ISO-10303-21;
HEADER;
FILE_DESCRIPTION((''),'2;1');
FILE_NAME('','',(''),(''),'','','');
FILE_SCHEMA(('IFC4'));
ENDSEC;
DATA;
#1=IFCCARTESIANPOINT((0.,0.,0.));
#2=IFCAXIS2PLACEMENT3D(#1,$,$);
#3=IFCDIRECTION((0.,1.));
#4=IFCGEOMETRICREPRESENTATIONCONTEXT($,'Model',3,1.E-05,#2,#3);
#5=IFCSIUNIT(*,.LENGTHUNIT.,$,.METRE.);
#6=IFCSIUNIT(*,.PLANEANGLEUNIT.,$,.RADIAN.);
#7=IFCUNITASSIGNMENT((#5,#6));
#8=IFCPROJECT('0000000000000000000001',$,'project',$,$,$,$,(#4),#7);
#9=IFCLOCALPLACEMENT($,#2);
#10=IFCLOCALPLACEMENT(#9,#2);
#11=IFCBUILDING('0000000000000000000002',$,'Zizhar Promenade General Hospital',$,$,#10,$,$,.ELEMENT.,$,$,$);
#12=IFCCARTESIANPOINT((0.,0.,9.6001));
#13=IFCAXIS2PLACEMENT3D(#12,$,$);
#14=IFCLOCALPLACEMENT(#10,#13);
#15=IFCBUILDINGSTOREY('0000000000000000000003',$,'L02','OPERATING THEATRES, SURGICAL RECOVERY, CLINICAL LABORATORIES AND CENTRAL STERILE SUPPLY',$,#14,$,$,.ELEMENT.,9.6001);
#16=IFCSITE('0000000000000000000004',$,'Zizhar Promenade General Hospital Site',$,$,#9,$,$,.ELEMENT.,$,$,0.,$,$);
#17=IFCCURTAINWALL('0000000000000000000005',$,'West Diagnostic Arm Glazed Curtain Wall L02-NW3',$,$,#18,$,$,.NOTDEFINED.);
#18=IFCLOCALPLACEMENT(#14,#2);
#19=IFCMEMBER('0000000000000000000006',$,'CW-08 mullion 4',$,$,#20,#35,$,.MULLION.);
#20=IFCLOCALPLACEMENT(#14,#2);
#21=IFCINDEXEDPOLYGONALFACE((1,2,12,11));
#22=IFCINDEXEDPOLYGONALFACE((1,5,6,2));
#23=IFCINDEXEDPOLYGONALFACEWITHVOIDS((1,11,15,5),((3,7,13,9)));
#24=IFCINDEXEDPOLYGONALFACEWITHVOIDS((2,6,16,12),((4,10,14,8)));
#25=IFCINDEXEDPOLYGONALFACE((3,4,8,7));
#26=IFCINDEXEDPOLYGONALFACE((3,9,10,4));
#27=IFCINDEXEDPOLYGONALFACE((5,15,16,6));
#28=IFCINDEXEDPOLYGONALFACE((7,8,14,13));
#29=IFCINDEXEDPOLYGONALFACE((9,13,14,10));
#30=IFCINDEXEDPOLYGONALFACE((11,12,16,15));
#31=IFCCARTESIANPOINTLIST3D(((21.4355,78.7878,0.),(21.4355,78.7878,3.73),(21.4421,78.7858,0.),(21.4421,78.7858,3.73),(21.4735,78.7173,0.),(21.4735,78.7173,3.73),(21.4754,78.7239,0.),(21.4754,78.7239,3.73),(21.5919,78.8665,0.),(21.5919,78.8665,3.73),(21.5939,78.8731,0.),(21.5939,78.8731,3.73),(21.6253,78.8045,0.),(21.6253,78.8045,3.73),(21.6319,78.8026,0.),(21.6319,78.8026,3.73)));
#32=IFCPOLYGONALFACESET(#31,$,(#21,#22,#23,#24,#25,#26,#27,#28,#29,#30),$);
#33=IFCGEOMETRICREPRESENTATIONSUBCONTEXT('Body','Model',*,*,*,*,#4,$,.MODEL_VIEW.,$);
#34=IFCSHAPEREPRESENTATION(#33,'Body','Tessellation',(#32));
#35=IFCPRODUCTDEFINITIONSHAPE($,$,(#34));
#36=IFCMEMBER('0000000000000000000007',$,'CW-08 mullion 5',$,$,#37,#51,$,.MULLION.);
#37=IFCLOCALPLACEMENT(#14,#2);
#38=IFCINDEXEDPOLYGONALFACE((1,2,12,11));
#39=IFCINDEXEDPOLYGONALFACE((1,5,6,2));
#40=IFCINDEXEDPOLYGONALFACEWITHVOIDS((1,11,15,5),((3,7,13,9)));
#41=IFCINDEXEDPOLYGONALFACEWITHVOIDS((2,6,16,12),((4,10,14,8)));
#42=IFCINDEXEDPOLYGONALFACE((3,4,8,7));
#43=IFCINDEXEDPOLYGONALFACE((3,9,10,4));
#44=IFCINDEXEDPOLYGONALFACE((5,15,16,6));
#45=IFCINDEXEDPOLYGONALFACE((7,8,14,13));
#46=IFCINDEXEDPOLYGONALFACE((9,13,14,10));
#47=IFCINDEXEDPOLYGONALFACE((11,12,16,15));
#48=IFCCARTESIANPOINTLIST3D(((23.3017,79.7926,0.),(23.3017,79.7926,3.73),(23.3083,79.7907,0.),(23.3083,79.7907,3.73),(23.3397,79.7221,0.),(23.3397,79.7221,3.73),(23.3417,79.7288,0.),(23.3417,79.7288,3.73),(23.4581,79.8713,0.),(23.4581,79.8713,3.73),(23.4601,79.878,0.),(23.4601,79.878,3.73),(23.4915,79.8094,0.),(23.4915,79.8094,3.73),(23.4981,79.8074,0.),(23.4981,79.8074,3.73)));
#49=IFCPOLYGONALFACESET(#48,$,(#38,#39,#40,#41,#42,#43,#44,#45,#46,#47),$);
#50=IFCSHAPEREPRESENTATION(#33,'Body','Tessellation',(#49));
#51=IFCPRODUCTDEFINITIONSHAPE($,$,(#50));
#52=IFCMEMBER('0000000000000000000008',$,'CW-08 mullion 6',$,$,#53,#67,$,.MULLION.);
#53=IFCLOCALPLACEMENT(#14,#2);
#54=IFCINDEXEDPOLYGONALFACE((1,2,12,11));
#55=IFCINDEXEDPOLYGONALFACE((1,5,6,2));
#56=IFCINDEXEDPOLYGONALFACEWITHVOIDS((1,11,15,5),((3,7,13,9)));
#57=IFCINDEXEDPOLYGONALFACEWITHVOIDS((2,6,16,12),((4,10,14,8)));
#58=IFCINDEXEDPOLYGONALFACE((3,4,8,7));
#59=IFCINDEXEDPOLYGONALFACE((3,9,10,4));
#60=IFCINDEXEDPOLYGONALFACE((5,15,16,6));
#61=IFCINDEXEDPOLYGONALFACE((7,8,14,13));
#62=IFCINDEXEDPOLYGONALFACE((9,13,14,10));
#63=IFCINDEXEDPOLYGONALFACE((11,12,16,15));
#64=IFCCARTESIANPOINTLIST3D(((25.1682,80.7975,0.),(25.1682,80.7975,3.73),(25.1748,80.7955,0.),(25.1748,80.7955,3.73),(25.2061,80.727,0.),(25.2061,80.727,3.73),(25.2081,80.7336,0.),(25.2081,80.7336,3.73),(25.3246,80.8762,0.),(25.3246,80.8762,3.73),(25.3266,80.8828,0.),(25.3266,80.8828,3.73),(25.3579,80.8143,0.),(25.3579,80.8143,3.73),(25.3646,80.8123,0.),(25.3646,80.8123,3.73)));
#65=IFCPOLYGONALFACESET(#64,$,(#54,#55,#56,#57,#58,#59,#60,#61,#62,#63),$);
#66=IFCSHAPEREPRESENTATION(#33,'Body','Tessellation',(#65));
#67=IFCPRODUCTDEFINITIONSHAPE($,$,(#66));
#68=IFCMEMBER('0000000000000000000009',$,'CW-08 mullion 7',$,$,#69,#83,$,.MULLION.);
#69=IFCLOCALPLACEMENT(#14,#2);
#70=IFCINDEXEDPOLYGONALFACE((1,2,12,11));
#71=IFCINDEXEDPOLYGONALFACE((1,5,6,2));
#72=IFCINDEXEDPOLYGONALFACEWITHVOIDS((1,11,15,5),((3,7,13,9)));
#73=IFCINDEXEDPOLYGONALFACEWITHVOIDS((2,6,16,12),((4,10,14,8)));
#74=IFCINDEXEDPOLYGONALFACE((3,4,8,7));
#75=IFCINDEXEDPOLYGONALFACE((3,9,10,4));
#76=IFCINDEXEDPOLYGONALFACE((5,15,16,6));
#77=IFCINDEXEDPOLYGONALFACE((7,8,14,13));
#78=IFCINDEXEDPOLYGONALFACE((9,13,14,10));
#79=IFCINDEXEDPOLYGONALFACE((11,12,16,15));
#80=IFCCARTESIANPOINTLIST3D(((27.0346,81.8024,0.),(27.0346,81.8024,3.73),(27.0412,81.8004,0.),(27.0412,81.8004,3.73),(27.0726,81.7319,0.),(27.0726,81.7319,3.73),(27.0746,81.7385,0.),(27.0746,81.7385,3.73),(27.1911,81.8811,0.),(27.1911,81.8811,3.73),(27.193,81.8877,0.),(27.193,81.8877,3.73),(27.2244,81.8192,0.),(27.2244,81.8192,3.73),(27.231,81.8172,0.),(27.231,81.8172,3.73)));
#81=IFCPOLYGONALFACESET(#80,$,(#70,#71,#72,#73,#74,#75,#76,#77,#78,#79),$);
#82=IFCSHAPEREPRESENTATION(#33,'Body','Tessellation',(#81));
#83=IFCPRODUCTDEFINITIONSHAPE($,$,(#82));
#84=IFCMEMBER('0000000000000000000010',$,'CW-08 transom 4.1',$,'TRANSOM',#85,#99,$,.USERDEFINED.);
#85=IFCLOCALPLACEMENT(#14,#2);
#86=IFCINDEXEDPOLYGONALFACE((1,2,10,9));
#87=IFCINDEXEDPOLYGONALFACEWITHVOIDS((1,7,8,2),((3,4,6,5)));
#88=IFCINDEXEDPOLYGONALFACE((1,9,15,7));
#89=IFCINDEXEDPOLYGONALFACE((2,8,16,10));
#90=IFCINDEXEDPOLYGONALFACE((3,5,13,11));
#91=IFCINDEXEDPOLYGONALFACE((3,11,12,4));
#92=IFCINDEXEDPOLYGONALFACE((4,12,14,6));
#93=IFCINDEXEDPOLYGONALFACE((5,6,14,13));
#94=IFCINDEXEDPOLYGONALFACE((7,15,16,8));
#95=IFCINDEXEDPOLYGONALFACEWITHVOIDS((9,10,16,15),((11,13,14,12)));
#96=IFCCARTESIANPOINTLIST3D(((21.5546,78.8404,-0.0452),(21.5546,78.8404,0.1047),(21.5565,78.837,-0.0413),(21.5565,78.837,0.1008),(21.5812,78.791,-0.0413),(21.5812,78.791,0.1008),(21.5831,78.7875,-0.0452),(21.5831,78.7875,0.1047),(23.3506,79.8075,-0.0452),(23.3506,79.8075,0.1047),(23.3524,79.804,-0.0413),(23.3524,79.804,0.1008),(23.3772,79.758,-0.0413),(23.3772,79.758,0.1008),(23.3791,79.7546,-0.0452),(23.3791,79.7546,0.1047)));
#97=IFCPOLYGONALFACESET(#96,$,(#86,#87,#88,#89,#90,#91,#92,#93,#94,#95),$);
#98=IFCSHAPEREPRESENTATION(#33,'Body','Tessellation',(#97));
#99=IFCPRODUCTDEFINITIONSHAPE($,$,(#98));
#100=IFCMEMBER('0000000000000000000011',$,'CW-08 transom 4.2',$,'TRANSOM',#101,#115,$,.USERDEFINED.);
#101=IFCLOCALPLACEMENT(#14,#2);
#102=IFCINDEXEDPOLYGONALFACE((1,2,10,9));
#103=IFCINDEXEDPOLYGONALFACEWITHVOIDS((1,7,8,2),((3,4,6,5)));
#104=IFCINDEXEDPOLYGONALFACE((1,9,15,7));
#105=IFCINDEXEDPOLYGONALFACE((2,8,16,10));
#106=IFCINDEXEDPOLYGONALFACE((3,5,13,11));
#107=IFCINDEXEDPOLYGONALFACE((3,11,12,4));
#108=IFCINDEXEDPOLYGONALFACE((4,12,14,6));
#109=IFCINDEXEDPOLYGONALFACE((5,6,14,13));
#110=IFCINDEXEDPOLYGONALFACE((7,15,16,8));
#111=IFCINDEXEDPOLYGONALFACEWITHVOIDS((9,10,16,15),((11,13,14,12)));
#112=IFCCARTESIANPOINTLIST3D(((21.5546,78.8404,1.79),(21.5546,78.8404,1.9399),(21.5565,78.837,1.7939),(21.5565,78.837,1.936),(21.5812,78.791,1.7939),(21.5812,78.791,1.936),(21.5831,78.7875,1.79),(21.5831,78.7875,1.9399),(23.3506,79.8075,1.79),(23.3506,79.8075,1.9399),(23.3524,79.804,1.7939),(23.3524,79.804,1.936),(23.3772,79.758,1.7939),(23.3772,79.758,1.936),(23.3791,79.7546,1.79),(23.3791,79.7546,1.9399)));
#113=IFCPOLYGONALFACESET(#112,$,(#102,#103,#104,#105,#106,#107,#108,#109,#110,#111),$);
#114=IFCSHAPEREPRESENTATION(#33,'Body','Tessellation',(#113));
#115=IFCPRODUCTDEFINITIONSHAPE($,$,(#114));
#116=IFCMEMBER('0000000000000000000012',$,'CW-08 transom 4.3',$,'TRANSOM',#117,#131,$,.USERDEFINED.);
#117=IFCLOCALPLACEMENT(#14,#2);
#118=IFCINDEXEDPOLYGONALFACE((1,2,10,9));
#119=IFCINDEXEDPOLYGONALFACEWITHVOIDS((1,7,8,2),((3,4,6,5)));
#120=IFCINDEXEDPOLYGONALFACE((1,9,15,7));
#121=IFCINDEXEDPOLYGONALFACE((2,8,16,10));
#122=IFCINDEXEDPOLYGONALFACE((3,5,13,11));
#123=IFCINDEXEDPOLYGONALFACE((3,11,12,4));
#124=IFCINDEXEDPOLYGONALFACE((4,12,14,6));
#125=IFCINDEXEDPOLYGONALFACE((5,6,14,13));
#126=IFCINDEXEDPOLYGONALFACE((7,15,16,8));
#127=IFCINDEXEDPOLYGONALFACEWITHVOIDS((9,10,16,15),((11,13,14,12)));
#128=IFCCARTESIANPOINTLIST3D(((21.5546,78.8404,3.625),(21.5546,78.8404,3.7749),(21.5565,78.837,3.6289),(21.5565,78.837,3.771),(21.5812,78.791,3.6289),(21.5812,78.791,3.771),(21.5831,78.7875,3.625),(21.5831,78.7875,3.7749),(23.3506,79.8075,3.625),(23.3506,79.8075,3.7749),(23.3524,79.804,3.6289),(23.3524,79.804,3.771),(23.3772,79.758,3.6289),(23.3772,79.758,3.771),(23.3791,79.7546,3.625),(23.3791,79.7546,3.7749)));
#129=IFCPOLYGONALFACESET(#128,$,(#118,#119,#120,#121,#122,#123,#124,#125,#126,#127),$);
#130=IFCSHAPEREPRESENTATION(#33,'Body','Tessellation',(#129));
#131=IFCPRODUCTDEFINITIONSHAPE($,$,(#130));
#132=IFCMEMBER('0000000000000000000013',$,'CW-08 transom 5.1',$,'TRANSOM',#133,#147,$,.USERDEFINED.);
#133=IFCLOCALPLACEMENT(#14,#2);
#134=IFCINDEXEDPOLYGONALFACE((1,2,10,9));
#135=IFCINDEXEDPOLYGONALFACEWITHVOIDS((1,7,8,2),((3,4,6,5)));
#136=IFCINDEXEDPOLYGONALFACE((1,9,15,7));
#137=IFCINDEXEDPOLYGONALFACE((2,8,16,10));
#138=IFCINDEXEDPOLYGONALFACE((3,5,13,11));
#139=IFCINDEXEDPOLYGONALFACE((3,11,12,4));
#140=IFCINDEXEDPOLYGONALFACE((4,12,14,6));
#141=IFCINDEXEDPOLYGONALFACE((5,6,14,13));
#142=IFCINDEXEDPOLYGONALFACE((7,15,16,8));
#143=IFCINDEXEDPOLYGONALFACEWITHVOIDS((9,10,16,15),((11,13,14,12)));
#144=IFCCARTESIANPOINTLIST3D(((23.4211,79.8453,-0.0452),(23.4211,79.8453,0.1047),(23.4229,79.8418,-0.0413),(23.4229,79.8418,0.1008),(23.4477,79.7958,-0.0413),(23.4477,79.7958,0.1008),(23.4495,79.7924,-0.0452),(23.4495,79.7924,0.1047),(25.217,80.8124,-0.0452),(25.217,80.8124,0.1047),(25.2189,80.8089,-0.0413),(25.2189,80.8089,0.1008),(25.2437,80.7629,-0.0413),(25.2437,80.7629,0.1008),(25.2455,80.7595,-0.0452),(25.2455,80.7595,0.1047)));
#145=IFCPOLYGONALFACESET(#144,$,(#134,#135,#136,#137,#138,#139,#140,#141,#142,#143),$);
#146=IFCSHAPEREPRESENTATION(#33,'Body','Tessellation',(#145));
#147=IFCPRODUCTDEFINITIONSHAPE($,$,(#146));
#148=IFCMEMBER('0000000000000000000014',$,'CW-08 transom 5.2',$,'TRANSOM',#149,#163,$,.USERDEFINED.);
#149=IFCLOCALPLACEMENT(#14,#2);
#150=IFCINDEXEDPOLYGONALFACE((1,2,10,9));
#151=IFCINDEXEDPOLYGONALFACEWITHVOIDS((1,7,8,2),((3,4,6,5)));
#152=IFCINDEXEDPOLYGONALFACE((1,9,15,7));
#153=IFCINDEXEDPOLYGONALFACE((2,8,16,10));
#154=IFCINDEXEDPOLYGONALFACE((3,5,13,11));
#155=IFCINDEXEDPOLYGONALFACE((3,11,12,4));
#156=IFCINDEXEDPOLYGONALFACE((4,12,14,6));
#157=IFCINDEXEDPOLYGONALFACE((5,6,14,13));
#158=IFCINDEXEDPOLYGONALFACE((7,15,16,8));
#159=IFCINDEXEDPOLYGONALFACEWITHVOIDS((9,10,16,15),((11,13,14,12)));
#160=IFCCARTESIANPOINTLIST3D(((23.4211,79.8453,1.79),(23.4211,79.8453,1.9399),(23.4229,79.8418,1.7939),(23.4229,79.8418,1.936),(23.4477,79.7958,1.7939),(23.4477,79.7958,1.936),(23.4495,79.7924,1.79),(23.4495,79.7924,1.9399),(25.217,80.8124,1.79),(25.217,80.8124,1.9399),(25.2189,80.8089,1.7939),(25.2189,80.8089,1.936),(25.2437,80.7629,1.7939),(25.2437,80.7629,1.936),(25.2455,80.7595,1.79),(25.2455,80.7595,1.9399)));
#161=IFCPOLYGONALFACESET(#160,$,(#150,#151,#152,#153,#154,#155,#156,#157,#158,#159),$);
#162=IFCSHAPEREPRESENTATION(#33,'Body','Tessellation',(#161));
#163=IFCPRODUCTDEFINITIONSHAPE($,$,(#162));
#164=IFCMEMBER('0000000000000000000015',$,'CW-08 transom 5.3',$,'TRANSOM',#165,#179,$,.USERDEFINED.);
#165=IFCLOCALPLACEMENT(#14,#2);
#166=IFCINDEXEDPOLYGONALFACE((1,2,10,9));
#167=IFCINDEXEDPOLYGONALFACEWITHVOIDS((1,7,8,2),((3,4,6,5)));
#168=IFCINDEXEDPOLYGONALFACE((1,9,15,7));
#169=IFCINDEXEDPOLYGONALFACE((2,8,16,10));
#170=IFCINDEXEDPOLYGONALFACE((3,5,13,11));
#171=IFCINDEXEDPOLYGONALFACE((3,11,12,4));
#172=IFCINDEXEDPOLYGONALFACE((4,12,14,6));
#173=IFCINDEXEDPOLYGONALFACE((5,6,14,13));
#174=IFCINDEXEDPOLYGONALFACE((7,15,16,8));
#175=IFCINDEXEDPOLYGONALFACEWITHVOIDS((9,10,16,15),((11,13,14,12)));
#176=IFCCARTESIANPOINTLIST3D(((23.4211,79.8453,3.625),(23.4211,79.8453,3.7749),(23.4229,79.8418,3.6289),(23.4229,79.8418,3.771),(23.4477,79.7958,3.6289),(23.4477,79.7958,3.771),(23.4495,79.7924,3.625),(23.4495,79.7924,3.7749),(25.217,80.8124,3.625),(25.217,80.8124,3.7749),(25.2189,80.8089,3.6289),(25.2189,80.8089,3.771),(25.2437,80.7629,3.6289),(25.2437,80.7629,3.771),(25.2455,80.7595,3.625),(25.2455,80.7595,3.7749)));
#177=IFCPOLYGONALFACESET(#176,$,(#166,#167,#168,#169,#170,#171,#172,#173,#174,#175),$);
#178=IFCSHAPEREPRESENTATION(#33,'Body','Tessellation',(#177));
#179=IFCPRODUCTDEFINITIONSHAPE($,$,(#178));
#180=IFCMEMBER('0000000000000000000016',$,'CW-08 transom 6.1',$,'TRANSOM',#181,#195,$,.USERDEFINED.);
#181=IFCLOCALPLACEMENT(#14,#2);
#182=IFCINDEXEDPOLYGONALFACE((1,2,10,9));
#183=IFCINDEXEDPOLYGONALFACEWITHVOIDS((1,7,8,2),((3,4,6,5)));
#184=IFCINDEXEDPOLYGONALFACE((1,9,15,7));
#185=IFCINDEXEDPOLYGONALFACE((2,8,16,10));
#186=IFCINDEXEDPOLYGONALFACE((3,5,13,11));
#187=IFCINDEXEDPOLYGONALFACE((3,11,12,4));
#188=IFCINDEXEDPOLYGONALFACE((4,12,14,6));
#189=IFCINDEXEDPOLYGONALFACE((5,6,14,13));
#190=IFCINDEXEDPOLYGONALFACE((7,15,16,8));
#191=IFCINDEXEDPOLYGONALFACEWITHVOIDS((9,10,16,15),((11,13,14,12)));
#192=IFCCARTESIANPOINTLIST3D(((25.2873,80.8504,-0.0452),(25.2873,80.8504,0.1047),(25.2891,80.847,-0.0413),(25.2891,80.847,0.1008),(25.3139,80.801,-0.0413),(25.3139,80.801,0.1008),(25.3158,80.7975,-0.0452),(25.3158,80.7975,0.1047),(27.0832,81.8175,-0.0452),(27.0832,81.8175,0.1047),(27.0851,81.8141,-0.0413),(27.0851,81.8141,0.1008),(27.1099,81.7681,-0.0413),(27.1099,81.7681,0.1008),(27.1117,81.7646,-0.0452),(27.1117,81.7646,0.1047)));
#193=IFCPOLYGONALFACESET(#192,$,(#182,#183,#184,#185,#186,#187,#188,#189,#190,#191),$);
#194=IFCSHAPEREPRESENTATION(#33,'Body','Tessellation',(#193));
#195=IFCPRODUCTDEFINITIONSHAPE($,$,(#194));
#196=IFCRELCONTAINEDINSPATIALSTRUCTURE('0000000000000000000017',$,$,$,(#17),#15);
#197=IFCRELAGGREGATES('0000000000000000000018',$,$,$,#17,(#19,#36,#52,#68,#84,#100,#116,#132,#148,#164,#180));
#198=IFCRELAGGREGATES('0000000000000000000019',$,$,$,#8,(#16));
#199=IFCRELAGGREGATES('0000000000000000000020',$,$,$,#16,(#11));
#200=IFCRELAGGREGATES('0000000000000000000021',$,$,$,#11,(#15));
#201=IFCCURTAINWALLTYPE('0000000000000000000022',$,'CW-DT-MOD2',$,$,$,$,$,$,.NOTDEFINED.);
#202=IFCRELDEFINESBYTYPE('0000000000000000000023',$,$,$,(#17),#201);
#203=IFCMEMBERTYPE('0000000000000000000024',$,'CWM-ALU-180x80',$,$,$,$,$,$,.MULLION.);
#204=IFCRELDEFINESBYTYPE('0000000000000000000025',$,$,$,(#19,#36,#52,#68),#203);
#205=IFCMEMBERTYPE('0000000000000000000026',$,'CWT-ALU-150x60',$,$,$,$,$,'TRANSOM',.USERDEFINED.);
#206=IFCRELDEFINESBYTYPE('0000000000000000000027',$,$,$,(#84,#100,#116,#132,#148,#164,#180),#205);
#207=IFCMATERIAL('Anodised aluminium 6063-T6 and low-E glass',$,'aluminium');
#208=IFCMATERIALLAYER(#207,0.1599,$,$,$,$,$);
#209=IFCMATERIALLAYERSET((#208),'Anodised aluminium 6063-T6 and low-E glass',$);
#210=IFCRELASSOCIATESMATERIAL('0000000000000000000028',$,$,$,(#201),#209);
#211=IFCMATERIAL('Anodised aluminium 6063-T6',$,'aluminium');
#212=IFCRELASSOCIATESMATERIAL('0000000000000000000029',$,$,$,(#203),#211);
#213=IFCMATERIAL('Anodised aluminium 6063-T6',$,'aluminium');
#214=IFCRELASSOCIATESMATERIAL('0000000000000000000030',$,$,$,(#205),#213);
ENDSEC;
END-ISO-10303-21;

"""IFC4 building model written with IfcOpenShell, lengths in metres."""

from ifc_helpers import new_model, si_unit, direction, frame, origin, origin_2d, place, context, subcontext, project, spatial, hollow_rectangle, extrude, material, layer, layer_set, material_profile, profile_set, type_object, element, aggregate, save


model = new_model("IFC4")

# Units and contexts
model_context = context("Model", 3, precision=1e-05, world=origin(), true_north=direction((0.0, 1.0)))
body_context = subcontext(model_context, "Body", "Model", "MODEL_VIEW")
ifc_project = project(units=[si_unit("LENGTHUNIT", "METRE"), si_unit("PLANEANGLEUNIT", "RADIAN")], contexts=[model_context])

# Site, building, storey
site_placement = place(None, origin())
site = spatial("IfcSite", under=ifc_project, at=site_placement, Name="Zizhar Promenade General Hospital Site", CompositionType="ELEMENT", RefElevation=0.0)
building_placement = place(site_placement, origin())
building = spatial("IfcBuilding", under=site, at=building_placement, Name="Zizhar Promenade General Hospital", CompositionType="ELEMENT")
storey_placement = place(building_placement, frame((0.0, 0.0, 9.6001)))
storey = spatial("IfcBuildingStorey", under=building, at=storey_placement, Name="L02", Description="OPERATING THEATRES, SURGICAL RECOVERY, CLINICAL LABORATORIES AND CENTRAL STERILE SUPPLY", CompositionType="ELEMENT", Elevation=9.6001)

# Curtain wall, members
ifc_material_1 = material(Name="Anodised aluminium 6063-T6 and low-E glass", Category="aluminium")
ifc_layer_1 = layer(ifc_material_1, 0.1599)
ifc_layer_set_1 = layer_set([ifc_layer_1], Name="Anodised aluminium 6063-T6 and low-E glass")
curtain_wall_type = type_object("IfcCurtainWallType", Name="CW-DT-MOD2", PredefinedType="NOTDEFINED", material=ifc_layer_set_1)
curtain_wall_placement = place(storey_placement, origin())
curtain_wall = element("IfcCurtainWall", 1, at=curtain_wall_placement, inside=storey, type_object=curtain_wall_type, Name="West Diagnostic Arm Glazed Curtain Wall L02-NW3", PredefinedType="NOTDEFINED")
ifc_material_2 = material(Name="Anodised aluminium 6063-T6", Category="aluminium")
ifc_material_profile_1 = material_profile(ifc_material_2, hollow_rectangle(XDim=0.0801, YDim=0.1799, WallThickness=0.0049, at=origin_2d()))
ifc_profile_set_1 = profile_set([ifc_material_profile_1], Name="Anodised aluminium 6063-T6")
member_type_1 = type_object("IfcMemberType", Name="CWM-ALU-180x80", PredefinedType="MULLION", material=ifc_profile_set_1)
member_1_placement = place(storey_placement, frame((21.5337, 78.7952, 0.0), z_axis=(0.0, 0.0, 1.0), x_axis=(-0.474097, 0.880473, 0.0)))
member_1 = element("IfcMember", 2, at=member_1_placement, type_object=member_type_1, Name="CW-08 mullion 4", PredefinedType="MULLION", context=body_context, shape_type="SweptSolid", body=[
    extrude(hollow_rectangle(XDim=0.0801, YDim=0.1799, WallThickness=0.0049, at=origin_2d()), origin(), (0.0, 0.0, 1.0), 3.73),
])
member_2_placement = place(storey_placement, frame((23.3999, 79.8, 0.0), z_axis=(0.0, 0.0, 1.0), x_axis=(-0.474097, 0.880473, 0.0)))
member_2 = element("IfcMember", 3, at=member_2_placement, type_object=member_type_1, Name="CW-08 mullion 5", PredefinedType="MULLION", context=body_context, shape_type="SweptSolid", body=[
    extrude(hollow_rectangle(XDim=0.0801, YDim=0.1799, WallThickness=0.0049, at=origin_2d()), origin(), (0.0, 0.0, 1.0), 3.73),
])
member_3_placement = place(storey_placement, frame((25.2664, 80.8049, 0.0), z_axis=(0.0, 0.0, 1.0), x_axis=(-0.474097, 0.880473, 0.0)))
member_3 = element("IfcMember", 4, at=member_3_placement, type_object=member_type_1, Name="CW-08 mullion 6", PredefinedType="MULLION", context=body_context, shape_type="SweptSolid", body=[
    extrude(hollow_rectangle(XDim=0.0801, YDim=0.1799, WallThickness=0.0049, at=origin_2d()), origin(), (0.0, 0.0, 1.0), 3.73),
])
member_4_placement = place(storey_placement, frame((27.1328, 81.8098, 0.0), z_axis=(0.0, 0.0, 1.0), x_axis=(-0.474097, 0.880473, 0.0)))
member_4 = element("IfcMember", 5, at=member_4_placement, type_object=member_type_1, Name="CW-08 mullion 7", PredefinedType="MULLION", context=body_context, shape_type="SweptSolid", body=[
    extrude(hollow_rectangle(XDim=0.0801, YDim=0.1799, WallThickness=0.0049, at=origin_2d()), origin(), (0.0, 0.0, 1.0), 3.73),
])
ifc_material_3 = material(Name="Anodised aluminium 6063-T6", Category="aluminium")
ifc_material_profile_2 = material_profile(ifc_material_3, hollow_rectangle(XDim=0.0601, YDim=0.1499, WallThickness=0.0039, at=origin_2d()))
ifc_profile_set_2 = profile_set([ifc_material_profile_2], Name="Anodised aluminium 6063-T6")
member_type_2 = type_object("IfcMemberType", Name="CWT-ALU-150x60", ElementType="TRANSOM", PredefinedType="USERDEFINED", material=ifc_profile_set_2)
member_5_placement = place(storey_placement, frame((21.5688, 78.814, 0.0298), z_axis=(0.880467, 0.474107, 0.0), x_axis=(-0.474107, 0.880467, 0.0)))
member_5 = element("IfcMember", 6, at=member_5_placement, type_object=member_type_2, Name="CW-08 transom 4.1", ObjectType="TRANSOM", PredefinedType="USERDEFINED", context=body_context, shape_type="SweptSolid", body=[
    extrude(hollow_rectangle(XDim=0.0601, YDim=0.1499, WallThickness=0.0039, at=origin_2d()), origin(), (0.0, 0.0, 1.0), 2.0398),
])
member_6_placement = place(storey_placement, frame((21.5688, 78.814, 1.865), z_axis=(0.880467, 0.474107, 0.0), x_axis=(-0.474107, 0.880467, 0.0)))
member_6 = element("IfcMember", 7, at=member_6_placement, type_object=member_type_2, Name="CW-08 transom 4.2", ObjectType="TRANSOM", PredefinedType="USERDEFINED", context=body_context, shape_type="SweptSolid", body=[
    extrude(hollow_rectangle(XDim=0.0601, YDim=0.1499, WallThickness=0.0039, at=origin_2d()), origin(), (0.0, 0.0, 1.0), 2.0398),
])
member_7_placement = place(storey_placement, frame((21.5688, 78.814, 3.7), z_axis=(0.880467, 0.474107, 0.0), x_axis=(-0.474107, 0.880467, 0.0)))
member_7 = element("IfcMember", 8, at=member_7_placement, type_object=member_type_2, Name="CW-08 transom 4.3", ObjectType="TRANSOM", PredefinedType="USERDEFINED", context=body_context, shape_type="SweptSolid", body=[
    extrude(hollow_rectangle(XDim=0.0601, YDim=0.1499, WallThickness=0.0039, at=origin_2d()), origin(), (0.0, 0.0, 1.0), 2.0398),
])
member_8_placement = place(storey_placement, frame((23.4353, 79.8188, 0.0298), z_axis=(0.880467, 0.474107, 0.0), x_axis=(-0.474107, 0.880467, 0.0)))
member_8 = element("IfcMember", 9, at=member_8_placement, type_object=member_type_2, Name="CW-08 transom 5.1", ObjectType="TRANSOM", PredefinedType="USERDEFINED", context=body_context, shape_type="SweptSolid", body=[
    extrude(hollow_rectangle(XDim=0.0601, YDim=0.1499, WallThickness=0.0039, at=origin_2d()), origin(), (0.0, 0.0, 1.0), 2.0398),
])
member_9_placement = place(storey_placement, frame((23.4353, 79.8188, 1.865), z_axis=(0.880467, 0.474107, 0.0), x_axis=(-0.474107, 0.880467, 0.0)))
member_9 = element("IfcMember", 10, at=member_9_placement, type_object=member_type_2, Name="CW-08 transom 5.2", ObjectType="TRANSOM", PredefinedType="USERDEFINED", context=body_context, shape_type="SweptSolid", body=[
    extrude(hollow_rectangle(XDim=0.0601, YDim=0.1499, WallThickness=0.0039, at=origin_2d()), origin(), (0.0, 0.0, 1.0), 2.0398),
])
member_10_placement = place(storey_placement, frame((23.4353, 79.8188, 3.7), z_axis=(0.880467, 0.474107, 0.0), x_axis=(-0.474107, 0.880467, 0.0)))
member_10 = element("IfcMember", 11, at=member_10_placement, type_object=member_type_2, Name="CW-08 transom 5.3", ObjectType="TRANSOM", PredefinedType="USERDEFINED", context=body_context, shape_type="SweptSolid", body=[
    extrude(hollow_rectangle(XDim=0.0601, YDim=0.1499, WallThickness=0.0039, at=origin_2d()), origin(), (0.0, 0.0, 1.0), 2.0398),
])
member_11_placement = place(storey_placement, frame((25.3015, 80.824, 0.0298), z_axis=(0.880467, 0.474107, 0.0), x_axis=(-0.474107, 0.880467, 0.0)))
member_11 = element("IfcMember", 12, at=member_11_placement, type_object=member_type_2, Name="CW-08 transom 6.1", ObjectType="TRANSOM", PredefinedType="USERDEFINED", context=body_context, shape_type="SweptSolid", body=[
    extrude(hollow_rectangle(XDim=0.0601, YDim=0.1499, WallThickness=0.0039, at=origin_2d()), origin(), (0.0, 0.0, 1.0), 2.0398),
])
aggregate(curtain_wall, [member_1, member_2, member_3, member_4, member_5, member_6, member_7, member_8, member_9, member_10, member_11])

save(model, "model.ifc")
